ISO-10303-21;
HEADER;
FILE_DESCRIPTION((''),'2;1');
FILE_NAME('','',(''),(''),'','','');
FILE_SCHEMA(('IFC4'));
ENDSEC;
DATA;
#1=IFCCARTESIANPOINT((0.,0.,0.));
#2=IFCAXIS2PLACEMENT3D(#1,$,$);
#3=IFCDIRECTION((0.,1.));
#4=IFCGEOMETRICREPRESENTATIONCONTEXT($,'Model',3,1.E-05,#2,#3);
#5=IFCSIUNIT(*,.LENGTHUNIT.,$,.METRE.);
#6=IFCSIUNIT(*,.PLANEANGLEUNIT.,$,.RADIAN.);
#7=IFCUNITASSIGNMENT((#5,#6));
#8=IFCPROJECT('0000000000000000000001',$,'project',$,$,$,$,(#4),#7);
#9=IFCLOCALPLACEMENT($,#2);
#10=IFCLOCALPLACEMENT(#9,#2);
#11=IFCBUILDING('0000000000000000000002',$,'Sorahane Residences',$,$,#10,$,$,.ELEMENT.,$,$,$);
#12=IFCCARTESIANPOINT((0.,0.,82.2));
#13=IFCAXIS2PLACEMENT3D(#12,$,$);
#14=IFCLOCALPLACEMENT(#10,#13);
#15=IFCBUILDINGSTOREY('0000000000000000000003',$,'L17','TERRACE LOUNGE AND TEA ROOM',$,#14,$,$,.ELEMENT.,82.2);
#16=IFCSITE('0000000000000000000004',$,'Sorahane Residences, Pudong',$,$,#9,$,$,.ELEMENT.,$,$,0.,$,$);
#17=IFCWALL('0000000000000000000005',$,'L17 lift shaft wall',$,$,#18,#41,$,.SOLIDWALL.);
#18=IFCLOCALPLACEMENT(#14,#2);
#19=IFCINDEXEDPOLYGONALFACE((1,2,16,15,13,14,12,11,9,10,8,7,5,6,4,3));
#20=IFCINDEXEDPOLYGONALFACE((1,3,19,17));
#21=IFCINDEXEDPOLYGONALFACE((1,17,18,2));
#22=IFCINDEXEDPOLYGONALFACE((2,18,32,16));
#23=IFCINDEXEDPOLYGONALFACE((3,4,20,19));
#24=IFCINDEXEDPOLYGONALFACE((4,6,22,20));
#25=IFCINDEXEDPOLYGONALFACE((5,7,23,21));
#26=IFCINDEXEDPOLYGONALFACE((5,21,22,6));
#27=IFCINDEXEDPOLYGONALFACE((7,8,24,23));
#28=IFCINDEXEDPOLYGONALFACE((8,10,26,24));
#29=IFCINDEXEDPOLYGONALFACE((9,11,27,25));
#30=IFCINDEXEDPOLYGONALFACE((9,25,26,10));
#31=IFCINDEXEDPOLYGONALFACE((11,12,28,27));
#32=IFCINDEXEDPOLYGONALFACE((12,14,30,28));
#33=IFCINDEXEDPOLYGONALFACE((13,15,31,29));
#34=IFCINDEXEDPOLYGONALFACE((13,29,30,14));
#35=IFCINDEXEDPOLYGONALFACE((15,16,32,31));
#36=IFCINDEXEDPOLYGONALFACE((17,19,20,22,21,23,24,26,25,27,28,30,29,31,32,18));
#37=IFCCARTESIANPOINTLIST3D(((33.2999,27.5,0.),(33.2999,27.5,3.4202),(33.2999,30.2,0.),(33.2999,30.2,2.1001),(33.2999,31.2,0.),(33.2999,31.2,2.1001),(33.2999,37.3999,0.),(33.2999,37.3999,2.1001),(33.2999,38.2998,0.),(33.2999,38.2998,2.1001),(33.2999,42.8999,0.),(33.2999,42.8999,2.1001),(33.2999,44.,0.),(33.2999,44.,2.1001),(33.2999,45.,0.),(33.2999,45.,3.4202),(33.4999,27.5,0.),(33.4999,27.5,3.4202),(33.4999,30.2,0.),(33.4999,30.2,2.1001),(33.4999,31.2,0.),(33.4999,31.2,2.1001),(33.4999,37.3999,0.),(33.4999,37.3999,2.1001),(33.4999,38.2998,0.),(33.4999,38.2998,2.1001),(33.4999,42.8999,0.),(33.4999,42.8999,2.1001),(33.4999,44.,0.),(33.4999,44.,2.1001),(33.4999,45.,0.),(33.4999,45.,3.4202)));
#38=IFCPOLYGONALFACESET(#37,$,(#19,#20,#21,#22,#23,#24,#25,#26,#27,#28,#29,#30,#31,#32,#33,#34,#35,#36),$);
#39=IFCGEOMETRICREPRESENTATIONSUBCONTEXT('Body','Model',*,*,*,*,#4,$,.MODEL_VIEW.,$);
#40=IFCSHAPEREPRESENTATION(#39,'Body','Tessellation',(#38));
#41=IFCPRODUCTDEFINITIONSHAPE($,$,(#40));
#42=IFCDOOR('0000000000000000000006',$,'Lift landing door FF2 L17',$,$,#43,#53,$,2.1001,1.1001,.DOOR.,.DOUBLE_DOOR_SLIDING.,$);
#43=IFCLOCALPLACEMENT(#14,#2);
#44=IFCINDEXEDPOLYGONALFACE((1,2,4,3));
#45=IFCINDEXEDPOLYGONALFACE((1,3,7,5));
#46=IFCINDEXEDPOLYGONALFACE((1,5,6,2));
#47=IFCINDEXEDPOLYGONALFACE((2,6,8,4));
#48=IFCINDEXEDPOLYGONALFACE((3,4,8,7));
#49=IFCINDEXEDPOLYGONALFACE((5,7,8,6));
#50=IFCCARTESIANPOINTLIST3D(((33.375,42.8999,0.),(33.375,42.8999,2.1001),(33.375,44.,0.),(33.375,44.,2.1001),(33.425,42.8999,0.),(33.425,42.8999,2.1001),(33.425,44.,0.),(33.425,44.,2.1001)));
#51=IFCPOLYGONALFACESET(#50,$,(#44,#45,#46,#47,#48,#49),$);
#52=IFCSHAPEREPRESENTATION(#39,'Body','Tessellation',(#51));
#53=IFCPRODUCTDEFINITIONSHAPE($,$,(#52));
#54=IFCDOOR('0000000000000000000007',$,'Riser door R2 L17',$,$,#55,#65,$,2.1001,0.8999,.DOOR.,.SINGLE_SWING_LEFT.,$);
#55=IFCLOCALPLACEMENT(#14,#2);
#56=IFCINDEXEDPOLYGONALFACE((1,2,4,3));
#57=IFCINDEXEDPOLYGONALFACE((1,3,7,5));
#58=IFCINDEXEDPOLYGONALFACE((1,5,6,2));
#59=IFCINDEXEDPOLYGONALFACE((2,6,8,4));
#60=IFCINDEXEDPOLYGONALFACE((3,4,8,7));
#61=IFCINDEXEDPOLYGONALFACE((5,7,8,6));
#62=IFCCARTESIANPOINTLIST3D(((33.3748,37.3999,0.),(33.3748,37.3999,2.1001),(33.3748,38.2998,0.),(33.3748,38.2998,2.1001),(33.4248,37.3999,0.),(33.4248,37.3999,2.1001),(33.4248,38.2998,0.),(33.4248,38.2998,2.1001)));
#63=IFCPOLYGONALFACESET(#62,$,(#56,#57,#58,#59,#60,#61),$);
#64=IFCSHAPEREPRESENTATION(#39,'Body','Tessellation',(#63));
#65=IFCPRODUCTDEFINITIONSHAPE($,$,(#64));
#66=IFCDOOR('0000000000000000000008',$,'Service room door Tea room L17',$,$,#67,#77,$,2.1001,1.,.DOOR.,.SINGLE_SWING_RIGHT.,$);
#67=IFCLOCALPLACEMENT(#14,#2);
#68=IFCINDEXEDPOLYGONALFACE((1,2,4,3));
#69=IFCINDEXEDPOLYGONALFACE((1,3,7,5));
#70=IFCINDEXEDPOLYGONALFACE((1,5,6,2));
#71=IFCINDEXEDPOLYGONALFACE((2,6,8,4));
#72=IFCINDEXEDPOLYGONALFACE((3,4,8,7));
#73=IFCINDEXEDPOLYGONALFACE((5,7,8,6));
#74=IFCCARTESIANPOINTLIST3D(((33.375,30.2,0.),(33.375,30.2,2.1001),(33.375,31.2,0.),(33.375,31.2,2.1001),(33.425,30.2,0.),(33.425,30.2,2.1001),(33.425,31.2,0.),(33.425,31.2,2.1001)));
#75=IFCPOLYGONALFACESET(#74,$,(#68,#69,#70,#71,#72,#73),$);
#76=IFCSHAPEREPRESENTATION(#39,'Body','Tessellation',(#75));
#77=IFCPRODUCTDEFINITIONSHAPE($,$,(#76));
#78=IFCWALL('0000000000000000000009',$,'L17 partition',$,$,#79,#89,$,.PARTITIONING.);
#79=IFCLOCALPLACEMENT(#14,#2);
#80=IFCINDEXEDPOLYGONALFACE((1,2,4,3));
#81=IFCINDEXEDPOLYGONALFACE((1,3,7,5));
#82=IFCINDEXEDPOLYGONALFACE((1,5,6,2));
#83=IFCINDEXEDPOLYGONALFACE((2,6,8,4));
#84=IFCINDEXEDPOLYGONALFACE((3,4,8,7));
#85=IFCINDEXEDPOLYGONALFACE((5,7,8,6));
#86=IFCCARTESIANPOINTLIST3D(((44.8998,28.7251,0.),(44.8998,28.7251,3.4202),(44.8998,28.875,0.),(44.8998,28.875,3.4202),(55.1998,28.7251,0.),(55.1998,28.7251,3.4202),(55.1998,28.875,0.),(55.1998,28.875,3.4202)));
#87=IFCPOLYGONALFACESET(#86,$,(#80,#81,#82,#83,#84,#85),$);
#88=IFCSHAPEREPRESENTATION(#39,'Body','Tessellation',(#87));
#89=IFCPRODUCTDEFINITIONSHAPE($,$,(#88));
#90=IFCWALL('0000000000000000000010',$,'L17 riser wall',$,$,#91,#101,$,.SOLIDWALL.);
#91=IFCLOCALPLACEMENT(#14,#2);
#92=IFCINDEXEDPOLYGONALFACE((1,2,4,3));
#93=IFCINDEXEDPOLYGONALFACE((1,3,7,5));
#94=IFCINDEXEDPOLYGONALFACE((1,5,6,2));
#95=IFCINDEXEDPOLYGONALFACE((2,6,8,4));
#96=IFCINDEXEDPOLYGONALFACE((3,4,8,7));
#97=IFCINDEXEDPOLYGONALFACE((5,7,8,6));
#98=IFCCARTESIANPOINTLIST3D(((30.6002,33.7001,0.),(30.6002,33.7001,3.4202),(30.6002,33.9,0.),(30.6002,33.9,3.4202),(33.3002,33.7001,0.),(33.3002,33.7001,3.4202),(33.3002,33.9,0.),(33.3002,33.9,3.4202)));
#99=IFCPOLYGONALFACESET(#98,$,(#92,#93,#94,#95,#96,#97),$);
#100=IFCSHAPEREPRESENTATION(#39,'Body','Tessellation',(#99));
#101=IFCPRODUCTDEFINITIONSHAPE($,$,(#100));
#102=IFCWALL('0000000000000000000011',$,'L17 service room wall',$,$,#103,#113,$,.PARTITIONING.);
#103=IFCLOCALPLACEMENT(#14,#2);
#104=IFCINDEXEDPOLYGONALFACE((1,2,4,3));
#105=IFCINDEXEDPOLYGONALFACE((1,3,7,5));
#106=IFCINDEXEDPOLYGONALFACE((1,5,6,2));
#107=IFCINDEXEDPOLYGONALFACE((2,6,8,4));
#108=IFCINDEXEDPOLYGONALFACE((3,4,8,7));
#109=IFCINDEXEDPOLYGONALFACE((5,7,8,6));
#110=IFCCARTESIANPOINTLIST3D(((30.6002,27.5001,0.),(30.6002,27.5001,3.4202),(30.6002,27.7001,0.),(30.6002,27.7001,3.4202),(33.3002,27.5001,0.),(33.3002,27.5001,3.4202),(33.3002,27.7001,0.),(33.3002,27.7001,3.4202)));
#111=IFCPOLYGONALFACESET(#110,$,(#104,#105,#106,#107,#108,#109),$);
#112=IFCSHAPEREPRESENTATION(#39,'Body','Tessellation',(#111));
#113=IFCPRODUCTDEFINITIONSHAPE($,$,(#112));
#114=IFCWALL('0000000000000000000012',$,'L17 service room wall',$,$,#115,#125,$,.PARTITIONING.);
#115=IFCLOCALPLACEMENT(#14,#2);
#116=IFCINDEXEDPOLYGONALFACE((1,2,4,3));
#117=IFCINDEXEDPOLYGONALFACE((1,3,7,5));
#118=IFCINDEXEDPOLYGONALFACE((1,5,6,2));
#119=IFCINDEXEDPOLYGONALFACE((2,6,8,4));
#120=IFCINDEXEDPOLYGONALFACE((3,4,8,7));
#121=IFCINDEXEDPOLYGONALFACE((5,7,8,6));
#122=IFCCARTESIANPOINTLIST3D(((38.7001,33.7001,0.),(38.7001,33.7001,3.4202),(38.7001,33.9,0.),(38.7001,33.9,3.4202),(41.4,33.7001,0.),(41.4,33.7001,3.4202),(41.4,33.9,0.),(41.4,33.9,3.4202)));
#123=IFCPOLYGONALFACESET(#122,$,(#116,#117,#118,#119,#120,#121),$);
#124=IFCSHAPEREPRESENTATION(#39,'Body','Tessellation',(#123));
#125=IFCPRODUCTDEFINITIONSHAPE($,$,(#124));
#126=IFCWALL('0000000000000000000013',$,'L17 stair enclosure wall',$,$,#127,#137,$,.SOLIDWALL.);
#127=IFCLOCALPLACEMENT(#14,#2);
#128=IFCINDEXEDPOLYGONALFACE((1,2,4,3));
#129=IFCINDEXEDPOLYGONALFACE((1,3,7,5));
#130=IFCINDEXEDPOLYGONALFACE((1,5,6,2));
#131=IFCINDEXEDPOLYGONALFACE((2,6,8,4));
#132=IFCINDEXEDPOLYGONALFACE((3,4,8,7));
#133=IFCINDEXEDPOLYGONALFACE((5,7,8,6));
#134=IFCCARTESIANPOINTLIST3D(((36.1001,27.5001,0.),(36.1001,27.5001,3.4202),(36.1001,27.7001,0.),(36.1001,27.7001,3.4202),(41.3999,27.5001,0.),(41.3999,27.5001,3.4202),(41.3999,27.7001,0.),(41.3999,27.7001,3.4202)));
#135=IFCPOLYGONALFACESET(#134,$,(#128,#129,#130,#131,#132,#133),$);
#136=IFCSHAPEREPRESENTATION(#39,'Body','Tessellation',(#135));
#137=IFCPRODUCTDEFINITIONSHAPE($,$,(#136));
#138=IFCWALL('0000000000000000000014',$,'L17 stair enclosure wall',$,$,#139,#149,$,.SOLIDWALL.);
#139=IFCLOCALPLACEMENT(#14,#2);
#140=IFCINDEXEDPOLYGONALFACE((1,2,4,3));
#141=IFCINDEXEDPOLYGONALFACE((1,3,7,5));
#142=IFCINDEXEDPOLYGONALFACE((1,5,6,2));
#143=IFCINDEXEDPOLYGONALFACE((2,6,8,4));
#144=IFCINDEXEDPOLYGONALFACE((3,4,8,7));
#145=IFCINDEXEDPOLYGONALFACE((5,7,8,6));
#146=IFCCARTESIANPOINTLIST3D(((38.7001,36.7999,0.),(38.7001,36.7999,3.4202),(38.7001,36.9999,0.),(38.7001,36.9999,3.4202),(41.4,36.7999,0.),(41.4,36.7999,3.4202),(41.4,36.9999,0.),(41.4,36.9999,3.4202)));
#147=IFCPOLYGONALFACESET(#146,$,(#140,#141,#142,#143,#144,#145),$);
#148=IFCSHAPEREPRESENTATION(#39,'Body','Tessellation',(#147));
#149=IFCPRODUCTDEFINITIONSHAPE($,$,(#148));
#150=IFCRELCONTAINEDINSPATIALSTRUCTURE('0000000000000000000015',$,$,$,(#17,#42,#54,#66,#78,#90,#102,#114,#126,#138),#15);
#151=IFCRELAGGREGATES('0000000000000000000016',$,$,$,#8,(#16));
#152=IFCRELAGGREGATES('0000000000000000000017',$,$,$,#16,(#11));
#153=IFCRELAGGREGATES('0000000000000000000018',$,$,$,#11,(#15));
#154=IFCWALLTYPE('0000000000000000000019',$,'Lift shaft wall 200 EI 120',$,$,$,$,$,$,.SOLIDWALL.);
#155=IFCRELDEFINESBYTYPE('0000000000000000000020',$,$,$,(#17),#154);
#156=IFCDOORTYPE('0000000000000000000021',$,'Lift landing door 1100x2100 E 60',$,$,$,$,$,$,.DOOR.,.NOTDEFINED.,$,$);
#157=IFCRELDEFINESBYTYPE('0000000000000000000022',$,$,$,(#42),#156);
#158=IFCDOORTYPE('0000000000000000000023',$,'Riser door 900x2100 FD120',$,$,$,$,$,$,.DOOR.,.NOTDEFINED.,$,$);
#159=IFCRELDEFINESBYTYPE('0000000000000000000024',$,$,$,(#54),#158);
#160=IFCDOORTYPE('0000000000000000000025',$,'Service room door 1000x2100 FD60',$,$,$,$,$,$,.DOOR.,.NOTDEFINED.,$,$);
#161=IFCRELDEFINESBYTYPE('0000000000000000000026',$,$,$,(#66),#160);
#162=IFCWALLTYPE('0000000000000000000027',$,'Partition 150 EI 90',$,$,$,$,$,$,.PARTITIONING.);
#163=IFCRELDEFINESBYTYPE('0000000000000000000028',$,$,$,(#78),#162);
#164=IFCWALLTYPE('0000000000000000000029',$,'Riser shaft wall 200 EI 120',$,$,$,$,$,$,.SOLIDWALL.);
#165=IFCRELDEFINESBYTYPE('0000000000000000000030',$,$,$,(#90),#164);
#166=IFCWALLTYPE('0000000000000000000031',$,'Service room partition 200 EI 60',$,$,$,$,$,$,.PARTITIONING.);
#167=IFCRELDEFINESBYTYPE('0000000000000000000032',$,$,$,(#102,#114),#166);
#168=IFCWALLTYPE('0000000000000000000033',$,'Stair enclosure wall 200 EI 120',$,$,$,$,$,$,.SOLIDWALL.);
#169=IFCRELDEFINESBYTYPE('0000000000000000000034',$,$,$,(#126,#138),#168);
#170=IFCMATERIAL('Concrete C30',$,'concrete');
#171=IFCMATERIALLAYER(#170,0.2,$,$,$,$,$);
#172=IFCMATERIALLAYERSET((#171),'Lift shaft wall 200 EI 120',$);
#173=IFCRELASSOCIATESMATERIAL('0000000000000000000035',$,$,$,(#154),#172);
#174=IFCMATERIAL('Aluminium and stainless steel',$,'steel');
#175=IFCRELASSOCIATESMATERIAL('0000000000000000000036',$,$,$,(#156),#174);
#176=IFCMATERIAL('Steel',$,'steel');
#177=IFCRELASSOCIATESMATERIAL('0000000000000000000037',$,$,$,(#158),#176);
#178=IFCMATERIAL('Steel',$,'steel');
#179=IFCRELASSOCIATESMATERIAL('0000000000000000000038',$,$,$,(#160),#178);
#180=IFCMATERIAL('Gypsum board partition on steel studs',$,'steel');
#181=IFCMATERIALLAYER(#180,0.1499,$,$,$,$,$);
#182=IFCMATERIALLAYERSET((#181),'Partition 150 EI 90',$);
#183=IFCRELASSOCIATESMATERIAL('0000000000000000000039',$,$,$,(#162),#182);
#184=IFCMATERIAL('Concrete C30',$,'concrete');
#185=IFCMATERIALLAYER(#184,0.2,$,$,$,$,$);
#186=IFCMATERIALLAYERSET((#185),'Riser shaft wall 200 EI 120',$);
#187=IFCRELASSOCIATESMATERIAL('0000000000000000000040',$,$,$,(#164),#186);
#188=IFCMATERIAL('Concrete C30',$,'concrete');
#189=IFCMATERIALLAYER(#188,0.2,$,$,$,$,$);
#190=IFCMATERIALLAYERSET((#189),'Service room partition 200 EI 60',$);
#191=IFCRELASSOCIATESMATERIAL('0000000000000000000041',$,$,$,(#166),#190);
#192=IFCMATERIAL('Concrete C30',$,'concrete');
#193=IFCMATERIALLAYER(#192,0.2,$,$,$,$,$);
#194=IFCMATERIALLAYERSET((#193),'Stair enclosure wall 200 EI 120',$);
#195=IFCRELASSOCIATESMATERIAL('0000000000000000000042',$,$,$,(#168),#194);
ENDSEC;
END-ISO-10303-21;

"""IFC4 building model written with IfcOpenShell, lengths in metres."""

from ifc_helpers import new_model, si_unit, direction, frame, frame_2d, origin, place, context, subcontext, project, spatial, rectangle, extrude, material, layer, layer_set, type_object, element, fill, save


model = new_model("IFC4")

# Units and contexts
model_context = context("Model", 3, precision=1e-05, world=origin(), true_north=direction((0.0, 1.0)))
body_context = subcontext(model_context, "Body", "Model", "MODEL_VIEW")
ifc_project = project(units=[si_unit("LENGTHUNIT", "METRE"), si_unit("PLANEANGLEUNIT", "RADIAN")], contexts=[model_context])

# Site, building, storey
site_placement = place(None, origin())
site = spatial("IfcSite", under=ifc_project, at=site_placement, Name="Sorahane Residences, Pudong", CompositionType="ELEMENT", RefElevation=0.0)
building_placement = place(site_placement, origin())
building = spatial("IfcBuilding", under=site, at=building_placement, Name="Sorahane Residences", CompositionType="ELEMENT")
storey_placement = place(building_placement, frame((0.0, 0.0, 82.2)))
storey = spatial("IfcBuildingStorey", under=building, at=storey_placement, Name="L17", Description="TERRACE LOUNGE AND TEA ROOM", CompositionType="ELEMENT", Elevation=82.2)

# Wall, openings, doors
ifc_material_1 = material(Name="Concrete C30", Category="concrete")
ifc_layer_1 = layer(ifc_material_1, 0.2)
ifc_layer_set_1 = layer_set([ifc_layer_1], Name="Lift shaft wall 200 EI 120")
wall_type_1 = type_object("IfcWallType", Name="Lift shaft wall 200 EI 120", PredefinedType="SOLIDWALL", material=ifc_layer_set_1)
wall_1_placement = place(storey_placement, frame((33.3999, 27.5, 0.0), z_axis=(0.0, 0.0, 1.0), x_axis=(0.0, 1.0, 0.0)))
wall_1 = element("IfcWall", 1, at=wall_1_placement, inside=storey, type_object=wall_type_1, Name="L17 lift shaft wall", PredefinedType="SOLIDWALL", context=body_context, shape_type="SweptSolid", body=[
    extrude(rectangle(XDim=17.5, YDim=0.2, at=frame_2d((8.75, 0.0))), origin(), (0.0, 0.0, 1.0), 3.4202),
])
opening_1_placement = place(wall_1_placement, frame((15.3999, 0.0, 0.0)))
opening_1 = element("IfcOpeningElement", 2, at=opening_1_placement, cuts=wall_1, PredefinedType="OPENING", context=body_context, shape_type="SweptSolid", body=[
    extrude(rectangle(XDim=1.1001, YDim=2.1001, at=frame_2d((0.55, 1.05))), frame((0.0, 0.1099, 0.0), z_axis=(0.0, -1.0, 0.0), x_axis=(1.0, 0.0, 0.0)), (0.0, 0.0, 1.0), 0.22),
])
opening_2_placement = place(wall_1_placement, frame((2.7, 0.0, 0.0)))
opening_2 = element("IfcOpeningElement", 3, at=opening_2_placement, cuts=wall_1, PredefinedType="OPENING", context=body_context, shape_type="SweptSolid", body=[
    extrude(rectangle(XDim=1.0, YDim=2.1001, at=frame_2d((0.5, 1.05))), frame((0.0, 0.1099, 0.0), z_axis=(0.0, -1.0, 0.0), x_axis=(1.0, 0.0, 0.0)), (0.0, 0.0, 1.0), 0.22),
])
opening_3_placement = place(wall_1_placement, frame((9.8999, 0.0, 0.0)))
opening_3 = element("IfcOpeningElement", 4, at=opening_3_placement, cuts=wall_1, PredefinedType="OPENING", context=body_context, shape_type="SweptSolid", body=[
    extrude(rectangle(XDim=0.8999, YDim=2.1001, at=frame_2d((0.45, 1.05))), frame((0.0, 0.1099, 0.0), z_axis=(0.0, -1.0, 0.0), x_axis=(1.0, 0.0, 0.0)), (0.0, 0.0, 1.0), 0.22),
])
ifc_material_2 = material(Name="Aluminium and stainless steel", Category="steel")
door_type_1 = type_object("IfcDoorType", Name="Lift landing door 1100x2100 E 60", OperationType="NOTDEFINED", PredefinedType="DOOR", material=ifc_material_2)
door_1_placement = place(opening_1_placement, origin())
door_1 = element("IfcDoor", 5, at=door_1_placement, inside=storey, type_object=door_type_1, Name="Lift landing door FF2 L17", OperationType="DOUBLE_DOOR_SLIDING", OverallHeight=2.1001, OverallWidth=1.1001, PredefinedType="DOOR", context=body_context, shape_type="SweptSolid", body=[
    extrude(rectangle(XDim=1.1001, YDim=2.1001, at=frame_2d((0.55, 1.05))), frame((0.0, 0.0249, 0.0), z_axis=(0.0, -1.0, 0.0), x_axis=(1.0, 0.0, 0.0)), (0.0, 0.0, 1.0), 0.05),
])
fill(opening_1, door_1)
ifc_material_3 = material(Name="Steel", Category="steel")
door_type_2 = type_object("IfcDoorType", Name="Riser door 900x2100 FD120", OperationType="NOTDEFINED", PredefinedType="DOOR", material=ifc_material_3)
door_2_placement = place(opening_3_placement, frame((0.8999, 0.0, 0.0), z_axis=(0.0, 0.0, 1.0), x_axis=(-1.0, 0.0, 0.0)))
door_2 = element("IfcDoor", 6, at=door_2_placement, inside=storey, type_object=door_type_2, Name="Riser door R2 L17", OperationType="SINGLE_SWING_LEFT", OverallHeight=2.1001, OverallWidth=0.8999, PredefinedType="DOOR", context=body_context, shape_type="SweptSolid", body=[
    extrude(rectangle(XDim=0.8999, YDim=2.1001, at=frame_2d((0.45, 1.05))), frame((0.0, 0.0249, 0.0), z_axis=(0.0, -1.0, 0.0), x_axis=(1.0, 0.0, 0.0)), (0.0, 0.0, 1.0), 0.05),
])
fill(opening_3, door_2)
ifc_material_4 = material(Name="Steel", Category="steel")
door_type_3 = type_object("IfcDoorType", Name="Service room door 1000x2100 FD60", OperationType="NOTDEFINED", PredefinedType="DOOR", material=ifc_material_4)
door_3_placement = place(opening_2_placement, origin())
door_3 = element("IfcDoor", 7, at=door_3_placement, inside=storey, type_object=door_type_3, Name="Service room door Tea room L17", OperationType="SINGLE_SWING_RIGHT", OverallHeight=2.1001, OverallWidth=1.0, PredefinedType="DOOR", context=body_context, shape_type="SweptSolid", body=[
    extrude(rectangle(XDim=1.0, YDim=2.1001, at=frame_2d((0.5, 1.05))), frame((0.0, 0.0249, 0.0), z_axis=(0.0, -1.0, 0.0), x_axis=(1.0, 0.0, 0.0)), (0.0, 0.0, 1.0), 0.05),
])
fill(opening_2, door_3)

# Walls
ifc_material_5 = material(Name="Gypsum board partition on steel studs", Category="steel")
ifc_layer_2 = layer(ifc_material_5, 0.1499)
ifc_layer_set_2 = layer_set([ifc_layer_2], Name="Partition 150 EI 90")
wall_type_2 = type_object("IfcWallType", Name="Partition 150 EI 90", PredefinedType="PARTITIONING", material=ifc_layer_set_2)
wall_2_placement = place(storey_placement, frame((44.8999, 28.8, 0.0), z_axis=(0.0, 0.0, 1.0), x_axis=(1.0, 0.0, 0.0)))
element("IfcWall", 8, at=wall_2_placement, inside=storey, type_object=wall_type_2, Name="L17 partition", PredefinedType="PARTITIONING", context=body_context, shape_type="SweptSolid", body=[
    extrude(rectangle(XDim=10.3, YDim=0.1499, at=frame_2d((5.1499, 0.0))), origin(), (0.0, 0.0, 1.0), 3.4202),
])
ifc_material_6 = material(Name="Concrete C30", Category="concrete")
ifc_layer_3 = layer(ifc_material_6, 0.2)
ifc_layer_set_3 = layer_set([ifc_layer_3], Name="Riser shaft wall 200 EI 120")
wall_type_3 = type_object("IfcWallType", Name="Riser shaft wall 200 EI 120", PredefinedType="SOLIDWALL", material=ifc_layer_set_3)
wall_3_placement = place(storey_placement, frame((30.6001, 33.8, 0.0), z_axis=(0.0, 0.0, 1.0), x_axis=(1.0, 0.0, 0.0)))
element("IfcWall", 9, at=wall_3_placement, inside=storey, type_object=wall_type_3, Name="L17 riser wall", PredefinedType="SOLIDWALL", context=body_context, shape_type="SweptSolid", body=[
    extrude(rectangle(XDim=2.7, YDim=0.2, at=frame_2d((1.3501, 0.0))), origin(), (0.0, 0.0, 1.0), 3.4202),
])
ifc_material_7 = material(Name="Concrete C30", Category="concrete")
ifc_layer_4 = layer(ifc_material_7, 0.2)
ifc_layer_set_4 = layer_set([ifc_layer_4], Name="Service room partition 200 EI 60")
wall_type_4 = type_object("IfcWallType", Name="Service room partition 200 EI 60", PredefinedType="PARTITIONING", material=ifc_layer_set_4)
for number, where, z_axis, x_axis, name in (
    (10, (30.6001, 27.6001, 0.0), (0.0, 0.0, 1.0), (1.0, 0.0, 0.0), "L17 service room wall"),
    (11, (38.7, 33.8, 0.0), (0.0, 0.0, 1.0), (1.0, 0.0, 0.0), "L17 service room wall"),
):
    element("IfcWall", number, at=place(storey_placement, frame(where, z_axis=z_axis, x_axis=x_axis)), inside=storey, type_object=wall_type_4, Name=name, PredefinedType="PARTITIONING", context=body_context, shape_type="SweptSolid", body=[
        extrude(rectangle(XDim=2.7, YDim=0.2, at=frame_2d((1.3501, 0.0))), origin(), (0.0, 0.0, 1.0), 3.4202),
    ])
ifc_material_8 = material(Name="Concrete C30", Category="concrete")
ifc_layer_5 = layer(ifc_material_8, 0.2)
ifc_layer_set_5 = layer_set([ifc_layer_5], Name="Stair enclosure wall 200 EI 120")
wall_type_5 = type_object("IfcWallType", Name="Stair enclosure wall 200 EI 120", PredefinedType="SOLIDWALL", material=ifc_layer_set_5)
wall_4_placement = place(storey_placement, frame((36.1001, 27.6001, 0.0), z_axis=(0.0, 0.0, 1.0), x_axis=(1.0, 0.0, 0.0)))
element("IfcWall", 12, at=wall_4_placement, inside=storey, type_object=wall_type_5, Name="L17 stair enclosure wall", PredefinedType="SOLIDWALL", context=body_context, shape_type="SweptSolid", body=[
    extrude(rectangle(XDim=5.2998, YDim=0.2, at=frame_2d((2.6499, 0.0))), origin(), (0.0, 0.0, 1.0), 3.4202),
])
wall_5_placement = place(storey_placement, frame((38.7, 36.8999, 0.0), z_axis=(0.0, 0.0, 1.0), x_axis=(1.0, 0.0, 0.0)))
element("IfcWall", 13, at=wall_5_placement, inside=storey, type_object=wall_type_5, Name="L17 stair enclosure wall", PredefinedType="SOLIDWALL", context=body_context, shape_type="SweptSolid", body=[
    extrude(rectangle(XDim=2.7, YDim=0.2, at=frame_2d((1.3501, 0.0))), origin(), (0.0, 0.0, 1.0), 3.4202),
])

save(model, "model.ifc")
